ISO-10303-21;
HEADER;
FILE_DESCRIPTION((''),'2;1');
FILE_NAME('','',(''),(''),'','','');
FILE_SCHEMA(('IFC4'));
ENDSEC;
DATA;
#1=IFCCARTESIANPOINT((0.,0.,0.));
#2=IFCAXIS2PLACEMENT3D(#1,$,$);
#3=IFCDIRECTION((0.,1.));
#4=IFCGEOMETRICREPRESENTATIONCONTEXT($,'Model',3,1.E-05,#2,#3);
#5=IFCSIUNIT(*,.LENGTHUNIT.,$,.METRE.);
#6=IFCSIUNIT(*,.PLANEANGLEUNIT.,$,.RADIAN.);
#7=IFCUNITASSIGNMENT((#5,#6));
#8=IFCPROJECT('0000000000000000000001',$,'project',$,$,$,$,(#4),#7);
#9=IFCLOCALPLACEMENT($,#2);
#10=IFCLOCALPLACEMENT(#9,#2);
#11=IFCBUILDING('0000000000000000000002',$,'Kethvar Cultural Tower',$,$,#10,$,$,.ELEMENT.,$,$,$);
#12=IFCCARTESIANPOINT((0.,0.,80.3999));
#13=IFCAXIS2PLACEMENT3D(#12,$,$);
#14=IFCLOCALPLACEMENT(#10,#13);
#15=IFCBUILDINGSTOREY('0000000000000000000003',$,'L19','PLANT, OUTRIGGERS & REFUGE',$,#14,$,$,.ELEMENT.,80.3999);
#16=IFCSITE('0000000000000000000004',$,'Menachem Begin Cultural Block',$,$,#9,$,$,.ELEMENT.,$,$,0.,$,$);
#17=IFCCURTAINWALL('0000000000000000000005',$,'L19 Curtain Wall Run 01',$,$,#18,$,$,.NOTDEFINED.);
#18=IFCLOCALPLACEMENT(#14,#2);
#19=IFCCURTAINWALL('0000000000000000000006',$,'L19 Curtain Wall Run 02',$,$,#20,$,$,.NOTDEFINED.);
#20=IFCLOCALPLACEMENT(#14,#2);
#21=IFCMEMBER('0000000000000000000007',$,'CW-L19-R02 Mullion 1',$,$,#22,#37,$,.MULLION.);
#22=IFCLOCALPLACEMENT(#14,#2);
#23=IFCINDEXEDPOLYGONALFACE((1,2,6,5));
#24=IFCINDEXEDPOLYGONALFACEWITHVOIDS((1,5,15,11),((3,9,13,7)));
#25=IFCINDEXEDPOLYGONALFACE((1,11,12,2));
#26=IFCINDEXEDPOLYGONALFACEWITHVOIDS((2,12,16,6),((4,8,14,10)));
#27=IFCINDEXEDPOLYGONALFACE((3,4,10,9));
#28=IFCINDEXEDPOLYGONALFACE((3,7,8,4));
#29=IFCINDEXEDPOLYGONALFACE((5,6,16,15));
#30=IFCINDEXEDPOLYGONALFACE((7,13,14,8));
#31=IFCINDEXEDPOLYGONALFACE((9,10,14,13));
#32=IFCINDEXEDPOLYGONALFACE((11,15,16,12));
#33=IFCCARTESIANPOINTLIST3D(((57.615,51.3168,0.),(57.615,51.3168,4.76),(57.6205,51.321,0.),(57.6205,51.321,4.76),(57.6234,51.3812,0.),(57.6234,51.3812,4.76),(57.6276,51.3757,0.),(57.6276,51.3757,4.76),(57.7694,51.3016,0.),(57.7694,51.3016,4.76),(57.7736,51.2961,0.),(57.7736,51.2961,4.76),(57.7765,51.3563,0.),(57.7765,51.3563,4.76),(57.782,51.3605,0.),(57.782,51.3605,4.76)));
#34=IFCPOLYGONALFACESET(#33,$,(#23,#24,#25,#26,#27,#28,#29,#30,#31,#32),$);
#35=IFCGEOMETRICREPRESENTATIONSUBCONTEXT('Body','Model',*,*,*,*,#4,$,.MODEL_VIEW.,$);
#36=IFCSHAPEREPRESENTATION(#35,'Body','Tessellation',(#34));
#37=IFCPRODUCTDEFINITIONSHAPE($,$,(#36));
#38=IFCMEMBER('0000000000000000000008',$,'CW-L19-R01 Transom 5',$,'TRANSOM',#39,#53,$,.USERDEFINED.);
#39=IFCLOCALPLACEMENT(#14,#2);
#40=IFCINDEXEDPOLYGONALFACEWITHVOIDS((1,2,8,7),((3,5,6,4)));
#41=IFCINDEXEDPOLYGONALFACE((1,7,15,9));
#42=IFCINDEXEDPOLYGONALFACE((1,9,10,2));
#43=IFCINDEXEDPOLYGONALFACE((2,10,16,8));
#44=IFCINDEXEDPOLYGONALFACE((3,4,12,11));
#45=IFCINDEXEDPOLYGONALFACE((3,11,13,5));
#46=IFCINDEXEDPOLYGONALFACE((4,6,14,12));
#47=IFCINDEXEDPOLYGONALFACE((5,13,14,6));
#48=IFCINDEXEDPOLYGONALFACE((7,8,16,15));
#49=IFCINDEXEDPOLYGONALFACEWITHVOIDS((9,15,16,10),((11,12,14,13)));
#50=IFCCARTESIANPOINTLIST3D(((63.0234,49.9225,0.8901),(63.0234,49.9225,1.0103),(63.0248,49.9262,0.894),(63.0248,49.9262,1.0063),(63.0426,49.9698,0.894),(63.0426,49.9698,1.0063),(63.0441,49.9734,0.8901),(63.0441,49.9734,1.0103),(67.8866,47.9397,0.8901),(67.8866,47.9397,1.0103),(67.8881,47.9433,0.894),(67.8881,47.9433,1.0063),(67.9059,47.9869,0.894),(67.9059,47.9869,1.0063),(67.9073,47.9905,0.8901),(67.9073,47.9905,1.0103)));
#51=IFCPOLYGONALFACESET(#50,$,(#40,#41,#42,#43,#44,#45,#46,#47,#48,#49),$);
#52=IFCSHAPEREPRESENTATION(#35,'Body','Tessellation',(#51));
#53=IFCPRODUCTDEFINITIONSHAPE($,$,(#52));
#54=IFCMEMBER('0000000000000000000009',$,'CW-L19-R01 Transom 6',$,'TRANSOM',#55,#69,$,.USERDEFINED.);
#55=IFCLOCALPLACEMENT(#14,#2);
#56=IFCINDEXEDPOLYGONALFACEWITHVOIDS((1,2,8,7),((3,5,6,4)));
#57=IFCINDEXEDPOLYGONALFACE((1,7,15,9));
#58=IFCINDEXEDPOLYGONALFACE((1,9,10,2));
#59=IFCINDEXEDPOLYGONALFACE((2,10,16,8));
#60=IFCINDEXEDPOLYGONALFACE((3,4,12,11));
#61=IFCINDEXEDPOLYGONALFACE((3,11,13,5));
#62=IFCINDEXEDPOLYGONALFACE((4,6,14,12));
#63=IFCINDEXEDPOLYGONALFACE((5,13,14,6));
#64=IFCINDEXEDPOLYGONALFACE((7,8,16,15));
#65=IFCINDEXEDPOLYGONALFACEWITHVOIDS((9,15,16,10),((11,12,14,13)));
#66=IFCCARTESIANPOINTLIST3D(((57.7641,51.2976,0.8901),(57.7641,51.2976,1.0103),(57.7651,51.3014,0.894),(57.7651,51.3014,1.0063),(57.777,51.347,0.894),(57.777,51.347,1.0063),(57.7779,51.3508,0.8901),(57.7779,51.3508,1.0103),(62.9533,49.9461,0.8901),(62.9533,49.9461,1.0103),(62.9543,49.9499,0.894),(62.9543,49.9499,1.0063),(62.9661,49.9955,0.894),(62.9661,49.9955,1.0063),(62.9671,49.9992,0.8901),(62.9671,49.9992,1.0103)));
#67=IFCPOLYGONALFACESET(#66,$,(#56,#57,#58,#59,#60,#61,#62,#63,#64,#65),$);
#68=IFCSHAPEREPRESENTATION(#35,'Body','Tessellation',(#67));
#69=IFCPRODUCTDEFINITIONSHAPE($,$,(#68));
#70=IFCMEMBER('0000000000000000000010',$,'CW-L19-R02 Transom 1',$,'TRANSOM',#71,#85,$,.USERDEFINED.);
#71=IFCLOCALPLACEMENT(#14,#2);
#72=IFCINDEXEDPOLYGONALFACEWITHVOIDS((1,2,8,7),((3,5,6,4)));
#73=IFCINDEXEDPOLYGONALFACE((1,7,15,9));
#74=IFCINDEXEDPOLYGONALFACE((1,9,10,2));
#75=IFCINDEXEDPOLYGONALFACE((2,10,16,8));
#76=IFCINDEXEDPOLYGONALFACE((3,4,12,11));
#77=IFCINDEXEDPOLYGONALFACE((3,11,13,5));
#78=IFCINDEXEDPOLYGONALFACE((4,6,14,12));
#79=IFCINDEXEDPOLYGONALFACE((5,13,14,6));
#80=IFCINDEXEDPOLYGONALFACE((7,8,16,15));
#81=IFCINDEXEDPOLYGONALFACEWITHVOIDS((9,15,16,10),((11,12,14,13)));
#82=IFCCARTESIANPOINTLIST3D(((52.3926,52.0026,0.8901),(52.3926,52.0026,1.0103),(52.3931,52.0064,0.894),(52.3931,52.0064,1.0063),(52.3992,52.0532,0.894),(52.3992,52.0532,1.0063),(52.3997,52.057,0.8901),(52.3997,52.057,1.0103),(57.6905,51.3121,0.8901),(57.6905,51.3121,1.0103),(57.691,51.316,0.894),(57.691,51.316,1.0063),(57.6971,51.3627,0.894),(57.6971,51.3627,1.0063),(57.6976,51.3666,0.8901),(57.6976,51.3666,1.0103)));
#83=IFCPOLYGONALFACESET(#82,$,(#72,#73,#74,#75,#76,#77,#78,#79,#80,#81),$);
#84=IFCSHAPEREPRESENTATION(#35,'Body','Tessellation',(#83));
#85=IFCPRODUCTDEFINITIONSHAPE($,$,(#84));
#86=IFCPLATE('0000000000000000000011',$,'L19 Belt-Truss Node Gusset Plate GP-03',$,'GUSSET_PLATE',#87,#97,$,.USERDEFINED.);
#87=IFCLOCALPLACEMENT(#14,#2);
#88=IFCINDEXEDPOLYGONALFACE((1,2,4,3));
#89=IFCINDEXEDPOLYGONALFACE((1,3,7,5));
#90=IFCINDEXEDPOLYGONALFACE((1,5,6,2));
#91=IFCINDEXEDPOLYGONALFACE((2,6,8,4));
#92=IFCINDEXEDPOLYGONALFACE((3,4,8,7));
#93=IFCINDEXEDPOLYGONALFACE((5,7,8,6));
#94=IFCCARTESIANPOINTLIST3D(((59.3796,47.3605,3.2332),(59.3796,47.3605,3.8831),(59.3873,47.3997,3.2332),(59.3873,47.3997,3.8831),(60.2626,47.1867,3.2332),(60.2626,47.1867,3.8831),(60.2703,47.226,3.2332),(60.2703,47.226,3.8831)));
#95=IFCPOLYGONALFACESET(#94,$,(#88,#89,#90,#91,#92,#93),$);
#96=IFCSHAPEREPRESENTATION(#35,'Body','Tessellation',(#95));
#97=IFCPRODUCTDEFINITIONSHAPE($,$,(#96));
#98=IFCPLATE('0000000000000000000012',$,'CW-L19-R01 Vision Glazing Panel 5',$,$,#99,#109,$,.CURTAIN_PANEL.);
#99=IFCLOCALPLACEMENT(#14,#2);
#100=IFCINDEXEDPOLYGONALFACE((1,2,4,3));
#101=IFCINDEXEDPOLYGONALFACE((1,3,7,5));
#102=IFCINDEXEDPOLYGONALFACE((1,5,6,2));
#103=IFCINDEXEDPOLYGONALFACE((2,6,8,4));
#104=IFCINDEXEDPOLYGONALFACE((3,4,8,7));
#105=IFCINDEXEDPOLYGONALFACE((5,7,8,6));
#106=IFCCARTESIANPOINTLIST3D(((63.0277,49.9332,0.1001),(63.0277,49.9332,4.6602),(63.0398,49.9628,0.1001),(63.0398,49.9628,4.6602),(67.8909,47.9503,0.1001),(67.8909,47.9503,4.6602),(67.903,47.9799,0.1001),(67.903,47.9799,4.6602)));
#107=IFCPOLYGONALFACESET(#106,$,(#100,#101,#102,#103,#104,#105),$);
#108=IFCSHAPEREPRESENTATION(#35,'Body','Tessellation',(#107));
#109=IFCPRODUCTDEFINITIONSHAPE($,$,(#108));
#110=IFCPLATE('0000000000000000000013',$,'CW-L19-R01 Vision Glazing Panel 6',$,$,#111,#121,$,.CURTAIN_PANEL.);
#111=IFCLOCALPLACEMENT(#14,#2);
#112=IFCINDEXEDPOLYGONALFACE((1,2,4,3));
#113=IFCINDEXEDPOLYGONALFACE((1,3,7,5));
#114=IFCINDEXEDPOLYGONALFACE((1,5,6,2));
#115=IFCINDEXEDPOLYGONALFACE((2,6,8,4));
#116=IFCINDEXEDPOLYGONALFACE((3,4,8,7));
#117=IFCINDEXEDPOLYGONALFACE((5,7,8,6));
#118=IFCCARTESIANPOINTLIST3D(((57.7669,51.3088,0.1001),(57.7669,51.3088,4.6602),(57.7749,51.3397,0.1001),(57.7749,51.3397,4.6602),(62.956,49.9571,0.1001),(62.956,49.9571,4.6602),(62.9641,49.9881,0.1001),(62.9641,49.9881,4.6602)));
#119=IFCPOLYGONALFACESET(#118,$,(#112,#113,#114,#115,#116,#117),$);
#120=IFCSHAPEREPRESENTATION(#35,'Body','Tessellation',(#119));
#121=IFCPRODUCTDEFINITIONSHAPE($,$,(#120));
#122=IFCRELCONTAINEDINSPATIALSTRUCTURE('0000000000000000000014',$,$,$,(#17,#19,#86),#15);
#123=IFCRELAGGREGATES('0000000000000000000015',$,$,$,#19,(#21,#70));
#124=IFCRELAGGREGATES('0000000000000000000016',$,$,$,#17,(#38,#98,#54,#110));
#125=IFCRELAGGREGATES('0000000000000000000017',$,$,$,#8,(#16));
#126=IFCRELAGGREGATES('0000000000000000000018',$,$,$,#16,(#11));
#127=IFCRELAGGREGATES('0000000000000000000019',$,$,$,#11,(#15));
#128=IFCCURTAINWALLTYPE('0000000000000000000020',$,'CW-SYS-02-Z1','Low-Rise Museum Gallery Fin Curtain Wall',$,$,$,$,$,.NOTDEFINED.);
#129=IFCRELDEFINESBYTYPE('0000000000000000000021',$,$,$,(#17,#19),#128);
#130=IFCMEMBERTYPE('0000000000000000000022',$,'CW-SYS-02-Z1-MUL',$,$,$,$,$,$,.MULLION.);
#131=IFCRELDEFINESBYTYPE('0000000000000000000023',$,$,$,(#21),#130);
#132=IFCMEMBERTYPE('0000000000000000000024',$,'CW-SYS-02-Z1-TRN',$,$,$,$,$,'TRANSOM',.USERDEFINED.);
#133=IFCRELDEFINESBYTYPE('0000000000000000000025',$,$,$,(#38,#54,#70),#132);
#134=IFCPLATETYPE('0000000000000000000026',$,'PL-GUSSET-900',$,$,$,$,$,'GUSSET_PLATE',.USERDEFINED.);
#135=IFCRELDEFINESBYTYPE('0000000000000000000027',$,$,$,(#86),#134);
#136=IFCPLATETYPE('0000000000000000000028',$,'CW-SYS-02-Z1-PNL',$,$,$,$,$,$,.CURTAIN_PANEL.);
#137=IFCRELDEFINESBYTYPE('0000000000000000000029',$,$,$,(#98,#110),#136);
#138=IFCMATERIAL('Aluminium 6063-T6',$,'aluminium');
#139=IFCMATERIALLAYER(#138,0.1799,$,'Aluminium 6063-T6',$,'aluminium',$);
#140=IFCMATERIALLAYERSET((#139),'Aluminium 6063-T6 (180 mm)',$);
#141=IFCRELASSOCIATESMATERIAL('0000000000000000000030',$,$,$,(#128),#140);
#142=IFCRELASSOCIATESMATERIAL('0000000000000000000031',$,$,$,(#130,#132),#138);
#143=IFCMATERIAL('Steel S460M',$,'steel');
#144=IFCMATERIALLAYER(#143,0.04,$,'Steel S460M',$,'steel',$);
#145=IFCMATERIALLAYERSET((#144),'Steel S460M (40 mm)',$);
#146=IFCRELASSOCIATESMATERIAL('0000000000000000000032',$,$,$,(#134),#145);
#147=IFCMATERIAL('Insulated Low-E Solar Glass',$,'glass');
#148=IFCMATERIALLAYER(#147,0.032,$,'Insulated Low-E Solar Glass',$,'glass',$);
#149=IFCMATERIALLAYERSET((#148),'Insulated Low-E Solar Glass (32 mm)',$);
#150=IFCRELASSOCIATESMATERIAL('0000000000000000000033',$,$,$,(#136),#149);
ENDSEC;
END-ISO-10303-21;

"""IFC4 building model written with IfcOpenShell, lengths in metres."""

from ifc_helpers import new_model, si_unit, direction, frame, origin, origin_2d, place, context, subcontext, project, spatial, rectangle, hollow_rectangle, extrude, source, transform, mapped, material, layer, layer_set, material_profile, profile_set, type_object, element, aggregate, save


model = new_model("IFC4")

# Units and contexts
model_context = context("Model", 3, precision=1e-05, world=origin(), true_north=direction((0.0, 1.0)))
body_context = subcontext(model_context, "Body", "Model", "MODEL_VIEW")
ifc_project = project(units=[si_unit("LENGTHUNIT", "METRE"), si_unit("PLANEANGLEUNIT", "RADIAN")], contexts=[model_context])

# Site, building, storey
site_placement = place(None, origin())
site = spatial("IfcSite", under=ifc_project, at=site_placement, Name="Menachem Begin Cultural Block", CompositionType="ELEMENT", RefElevation=0.0)
building_placement = place(site_placement, origin())
building = spatial("IfcBuilding", under=site, at=building_placement, Name="Kethvar Cultural Tower", CompositionType="ELEMENT")
storey_placement = place(building_placement, frame((0.0, 0.0, 80.3999)))
storey = spatial("IfcBuildingStorey", under=building, at=storey_placement, Name="L19", Description="PLANT, OUTRIGGERS & REFUGE", CompositionType="ELEMENT", Elevation=80.3999)

# Shared definitions
ifc_material_1 = material(Name="Steel S460M", Category="steel")

# Curtain wall
ifc_material_2 = material(Name="Aluminium 6063-T6", Category="aluminium")
ifc_layer_1 = layer(ifc_material_2, 0.1799, Name="Aluminium 6063-T6", Category="aluminium")
ifc_layer_set_1 = layer_set([ifc_layer_1], Name="Aluminium 6063-T6 (180 mm)")
curtain_wall_type = type_object("IfcCurtainWallType", Name="CW-SYS-02-Z1", Description="Low-Rise Museum Gallery Fin Curtain Wall", PredefinedType="NOTDEFINED", material=ifc_layer_set_1)
curtain_wall_1_placement = place(storey_placement, origin())
curtain_wall_1 = element("IfcCurtainWall", 1, at=curtain_wall_1_placement, inside=storey, type_object=curtain_wall_type, Name="L19 Curtain Wall Run 01", PredefinedType="NOTDEFINED")
ifc_material_profile_1 = material_profile(ifc_material_2, hollow_rectangle(XDim=0.0649, YDim=0.1599, WallThickness=0.0049, at=origin_2d()), Name="Aluminium 6063-T6 — RHS160x65x5")
ifc_profile_set_1 = profile_set([ifc_material_profile_1], Name="Aluminium 6063-T6 — RHS160x65x5")
member_type_1 = type_object("IfcMemberType", Name="CW-SYS-02-Z1-MUL", PredefinedType="MULLION", material=ifc_profile_set_1)
shared_shape_1 = source(origin(), body_context, "Body", "SweptSolid", [
    extrude(hollow_rectangle(XDim=0.0649, YDim=0.1599, WallThickness=0.0049, at=origin_2d()), origin(), (0.0, 0.0, 1.0), 4.76),
])

# Curtain wall, member
curtain_wall_2_placement = place(storey_placement, origin())
curtain_wall_2 = element("IfcCurtainWall", 2, at=curtain_wall_2_placement, inside=storey, type_object=curtain_wall_type, Name="L19 Curtain Wall Run 02", PredefinedType="NOTDEFINED")
member_1_placement = place(storey_placement, frame((57.6985, 51.3386, 0.0), z_axis=(0.0, 0.0, 1.0), x_axis=(-0.129246, -0.991613, 0.0)))
member_1 = element("IfcMember", 3, at=member_1_placement, type_object=member_type_1, Name="CW-L19-R02 Mullion 1", PredefinedType="MULLION", context=body_context, shape_type="MappedRepresentation", body=[
    mapped(shared_shape_1, transform((0.0, 0.0, 0.0), scale=1.0)),
])

# Members
ifc_material_profile_2 = material_profile(ifc_material_2, hollow_rectangle(XDim=0.0549, YDim=0.1201, WallThickness=0.0039, at=origin_2d()), Name="Aluminium 6063-T6 — RHS120x55x4")
ifc_profile_set_2 = profile_set([ifc_material_profile_2], Name="Aluminium 6063-T6 — RHS120x55x4")
member_type_2 = type_object("IfcMemberType", Name="CW-SYS-02-Z1-TRN", ElementType="TRANSOM", PredefinedType="USERDEFINED", material=ifc_profile_set_2)
shared_shape_2 = source(origin(), body_context, "Body", "SweptSolid", [
    extrude(hollow_rectangle(XDim=0.0549, YDim=0.1201, WallThickness=0.0039, at=origin_2d()), origin(), (0.0, 0.0, 1.0), 5.252),
])
member_2_placement = place(storey_placement, frame((67.897, 47.9651, 0.9502), z_axis=(-0.925988, 0.377554, 0.0), x_axis=(-0.377554, -0.925988, 0.0)))
member_2 = element("IfcMember", 4, at=member_2_placement, type_object=member_type_2, Name="CW-L19-R01 Transom 5", ObjectType="TRANSOM", PredefinedType="USERDEFINED", context=body_context, shape_type="MappedRepresentation", body=[
    mapped(shared_shape_2, transform((0.0, 0.0, 0.0), scale=1.0)),
])
shared_shape_3 = source(origin(), body_context, "Body", "SweptSolid", [
    extrude(hollow_rectangle(XDim=0.0549, YDim=0.1201, WallThickness=0.0039, at=origin_2d()), origin(), (0.0, 0.0, 1.0), 5.3623),
])
member_3_placement = place(storey_placement, frame((62.9602, 49.9727, 0.9502), z_axis=(-0.967715, 0.252047, 0.0), x_axis=(-0.252047, -0.967715, 0.0)))
member_3 = element("IfcMember", 5, at=member_3_placement, type_object=member_type_2, Name="CW-L19-R01 Transom 6", ObjectType="TRANSOM", PredefinedType="USERDEFINED", context=body_context, shape_type="MappedRepresentation", body=[
    mapped(shared_shape_3, transform((0.0, 0.0, 0.0), scale=1.0)),
])
shared_shape_4 = source(origin(), body_context, "Body", "SweptSolid", [
    extrude(hollow_rectangle(XDim=0.0549, YDim=0.1201, WallThickness=0.0039, at=origin_2d()), origin(), (0.0, 0.0, 1.0), 5.3428),
])
member_4_placement = place(storey_placement, frame((57.6941, 51.3394, 0.9502), z_axis=(-0.991615, 0.12923, 0.0), x_axis=(-0.12923, -0.991615, 0.0)))
member_4 = element("IfcMember", 6, at=member_4_placement, type_object=member_type_2, Name="CW-L19-R02 Transom 1", ObjectType="TRANSOM", PredefinedType="USERDEFINED", context=body_context, shape_type="MappedRepresentation", body=[
    mapped(shared_shape_4, transform((0.0, 0.0, 0.0), scale=1.0)),
])
aggregate(curtain_wall_2, [member_1, member_4])

# Plates
ifc_layer_2 = layer(ifc_material_1, 0.04, Name="Steel S460M", Category="steel")
ifc_layer_set_2 = layer_set([ifc_layer_2], Name="Steel S460M (40 mm)")
plate_type_1 = type_object("IfcPlateType", Name="PL-GUSSET-900", ElementType="GUSSET_PLATE", PredefinedType="USERDEFINED", material=ifc_layer_set_2)
shared_shape_5 = source(origin(), body_context, "Body", "SweptSolid", [
    extrude(rectangle(XDim=0.8999, YDim=0.04, at=origin_2d()), origin(), (0.0, 0.0, 1.0), 0.6499),
])
plate_1_placement = place(storey_placement, frame((59.825, 47.2932, 3.2332), z_axis=(0.0, 0.0, 1.0), x_axis=(-0.981178, 0.193106, 0.0)))
element("IfcPlate", 7, at=plate_1_placement, inside=storey, type_object=plate_type_1, Name="L19 Belt-Truss Node Gusset Plate GP-03", ObjectType="GUSSET_PLATE", PredefinedType="USERDEFINED", context=body_context, shape_type="MappedRepresentation", body=[
    mapped(shared_shape_5, transform((0.0, 0.0, 0.0), scale=1.0)),
])
ifc_material_3 = material(Name="Insulated Low-E Solar Glass", Category="glass")
ifc_layer_3 = layer(ifc_material_3, 0.032, Name="Insulated Low-E Solar Glass", Category="glass")
ifc_layer_set_3 = layer_set([ifc_layer_3], Name="Insulated Low-E Solar Glass (32 mm)")
plate_type_2 = type_object("IfcPlateType", Name="CW-SYS-02-Z1-PNL", PredefinedType="CURTAIN_PANEL", material=ifc_layer_set_3)
shared_shape_6 = source(origin(), body_context, "Body", "SweptSolid", [
    extrude(rectangle(XDim=5.252, YDim=0.032, at=origin_2d()), origin(), (0.0, 0.0, 1.0), 4.5601),
])
plate_2_placement = place(storey_placement, frame((65.4653, 48.9565, 0.1001), z_axis=(0.0, 0.0, 1.0), x_axis=(-0.925983, 0.377566, 0.0)))
plate_2 = element("IfcPlate", 8, at=plate_2_placement, type_object=plate_type_2, Name="CW-L19-R01 Vision Glazing Panel 5", PredefinedType="CURTAIN_PANEL", context=body_context, shape_type="MappedRepresentation", body=[
    mapped(shared_shape_6, transform((0.0, 0.0, 0.0), scale=1.0)),
])
shared_shape_7 = source(origin(), body_context, "Body", "SweptSolid", [
    extrude(rectangle(XDim=5.3623, YDim=0.032, at=origin_2d()), origin(), (0.0, 0.0, 1.0), 4.5601),
])
plate_3_placement = place(storey_placement, frame((60.3655, 50.6484, 0.1001), z_axis=(0.0, 0.0, 1.0), x_axis=(-0.967709, 0.252069, 0.0)))
plate_3 = element("IfcPlate", 9, at=plate_3_placement, type_object=plate_type_2, Name="CW-L19-R01 Vision Glazing Panel 6", PredefinedType="CURTAIN_PANEL", context=body_context, shape_type="MappedRepresentation", body=[
    mapped(shared_shape_7, transform((0.0, 0.0, 0.0), scale=1.0)),
])
aggregate(curtain_wall_1, [member_2, plate_2, member_3, plate_3])

save(model, "model.ifc")
